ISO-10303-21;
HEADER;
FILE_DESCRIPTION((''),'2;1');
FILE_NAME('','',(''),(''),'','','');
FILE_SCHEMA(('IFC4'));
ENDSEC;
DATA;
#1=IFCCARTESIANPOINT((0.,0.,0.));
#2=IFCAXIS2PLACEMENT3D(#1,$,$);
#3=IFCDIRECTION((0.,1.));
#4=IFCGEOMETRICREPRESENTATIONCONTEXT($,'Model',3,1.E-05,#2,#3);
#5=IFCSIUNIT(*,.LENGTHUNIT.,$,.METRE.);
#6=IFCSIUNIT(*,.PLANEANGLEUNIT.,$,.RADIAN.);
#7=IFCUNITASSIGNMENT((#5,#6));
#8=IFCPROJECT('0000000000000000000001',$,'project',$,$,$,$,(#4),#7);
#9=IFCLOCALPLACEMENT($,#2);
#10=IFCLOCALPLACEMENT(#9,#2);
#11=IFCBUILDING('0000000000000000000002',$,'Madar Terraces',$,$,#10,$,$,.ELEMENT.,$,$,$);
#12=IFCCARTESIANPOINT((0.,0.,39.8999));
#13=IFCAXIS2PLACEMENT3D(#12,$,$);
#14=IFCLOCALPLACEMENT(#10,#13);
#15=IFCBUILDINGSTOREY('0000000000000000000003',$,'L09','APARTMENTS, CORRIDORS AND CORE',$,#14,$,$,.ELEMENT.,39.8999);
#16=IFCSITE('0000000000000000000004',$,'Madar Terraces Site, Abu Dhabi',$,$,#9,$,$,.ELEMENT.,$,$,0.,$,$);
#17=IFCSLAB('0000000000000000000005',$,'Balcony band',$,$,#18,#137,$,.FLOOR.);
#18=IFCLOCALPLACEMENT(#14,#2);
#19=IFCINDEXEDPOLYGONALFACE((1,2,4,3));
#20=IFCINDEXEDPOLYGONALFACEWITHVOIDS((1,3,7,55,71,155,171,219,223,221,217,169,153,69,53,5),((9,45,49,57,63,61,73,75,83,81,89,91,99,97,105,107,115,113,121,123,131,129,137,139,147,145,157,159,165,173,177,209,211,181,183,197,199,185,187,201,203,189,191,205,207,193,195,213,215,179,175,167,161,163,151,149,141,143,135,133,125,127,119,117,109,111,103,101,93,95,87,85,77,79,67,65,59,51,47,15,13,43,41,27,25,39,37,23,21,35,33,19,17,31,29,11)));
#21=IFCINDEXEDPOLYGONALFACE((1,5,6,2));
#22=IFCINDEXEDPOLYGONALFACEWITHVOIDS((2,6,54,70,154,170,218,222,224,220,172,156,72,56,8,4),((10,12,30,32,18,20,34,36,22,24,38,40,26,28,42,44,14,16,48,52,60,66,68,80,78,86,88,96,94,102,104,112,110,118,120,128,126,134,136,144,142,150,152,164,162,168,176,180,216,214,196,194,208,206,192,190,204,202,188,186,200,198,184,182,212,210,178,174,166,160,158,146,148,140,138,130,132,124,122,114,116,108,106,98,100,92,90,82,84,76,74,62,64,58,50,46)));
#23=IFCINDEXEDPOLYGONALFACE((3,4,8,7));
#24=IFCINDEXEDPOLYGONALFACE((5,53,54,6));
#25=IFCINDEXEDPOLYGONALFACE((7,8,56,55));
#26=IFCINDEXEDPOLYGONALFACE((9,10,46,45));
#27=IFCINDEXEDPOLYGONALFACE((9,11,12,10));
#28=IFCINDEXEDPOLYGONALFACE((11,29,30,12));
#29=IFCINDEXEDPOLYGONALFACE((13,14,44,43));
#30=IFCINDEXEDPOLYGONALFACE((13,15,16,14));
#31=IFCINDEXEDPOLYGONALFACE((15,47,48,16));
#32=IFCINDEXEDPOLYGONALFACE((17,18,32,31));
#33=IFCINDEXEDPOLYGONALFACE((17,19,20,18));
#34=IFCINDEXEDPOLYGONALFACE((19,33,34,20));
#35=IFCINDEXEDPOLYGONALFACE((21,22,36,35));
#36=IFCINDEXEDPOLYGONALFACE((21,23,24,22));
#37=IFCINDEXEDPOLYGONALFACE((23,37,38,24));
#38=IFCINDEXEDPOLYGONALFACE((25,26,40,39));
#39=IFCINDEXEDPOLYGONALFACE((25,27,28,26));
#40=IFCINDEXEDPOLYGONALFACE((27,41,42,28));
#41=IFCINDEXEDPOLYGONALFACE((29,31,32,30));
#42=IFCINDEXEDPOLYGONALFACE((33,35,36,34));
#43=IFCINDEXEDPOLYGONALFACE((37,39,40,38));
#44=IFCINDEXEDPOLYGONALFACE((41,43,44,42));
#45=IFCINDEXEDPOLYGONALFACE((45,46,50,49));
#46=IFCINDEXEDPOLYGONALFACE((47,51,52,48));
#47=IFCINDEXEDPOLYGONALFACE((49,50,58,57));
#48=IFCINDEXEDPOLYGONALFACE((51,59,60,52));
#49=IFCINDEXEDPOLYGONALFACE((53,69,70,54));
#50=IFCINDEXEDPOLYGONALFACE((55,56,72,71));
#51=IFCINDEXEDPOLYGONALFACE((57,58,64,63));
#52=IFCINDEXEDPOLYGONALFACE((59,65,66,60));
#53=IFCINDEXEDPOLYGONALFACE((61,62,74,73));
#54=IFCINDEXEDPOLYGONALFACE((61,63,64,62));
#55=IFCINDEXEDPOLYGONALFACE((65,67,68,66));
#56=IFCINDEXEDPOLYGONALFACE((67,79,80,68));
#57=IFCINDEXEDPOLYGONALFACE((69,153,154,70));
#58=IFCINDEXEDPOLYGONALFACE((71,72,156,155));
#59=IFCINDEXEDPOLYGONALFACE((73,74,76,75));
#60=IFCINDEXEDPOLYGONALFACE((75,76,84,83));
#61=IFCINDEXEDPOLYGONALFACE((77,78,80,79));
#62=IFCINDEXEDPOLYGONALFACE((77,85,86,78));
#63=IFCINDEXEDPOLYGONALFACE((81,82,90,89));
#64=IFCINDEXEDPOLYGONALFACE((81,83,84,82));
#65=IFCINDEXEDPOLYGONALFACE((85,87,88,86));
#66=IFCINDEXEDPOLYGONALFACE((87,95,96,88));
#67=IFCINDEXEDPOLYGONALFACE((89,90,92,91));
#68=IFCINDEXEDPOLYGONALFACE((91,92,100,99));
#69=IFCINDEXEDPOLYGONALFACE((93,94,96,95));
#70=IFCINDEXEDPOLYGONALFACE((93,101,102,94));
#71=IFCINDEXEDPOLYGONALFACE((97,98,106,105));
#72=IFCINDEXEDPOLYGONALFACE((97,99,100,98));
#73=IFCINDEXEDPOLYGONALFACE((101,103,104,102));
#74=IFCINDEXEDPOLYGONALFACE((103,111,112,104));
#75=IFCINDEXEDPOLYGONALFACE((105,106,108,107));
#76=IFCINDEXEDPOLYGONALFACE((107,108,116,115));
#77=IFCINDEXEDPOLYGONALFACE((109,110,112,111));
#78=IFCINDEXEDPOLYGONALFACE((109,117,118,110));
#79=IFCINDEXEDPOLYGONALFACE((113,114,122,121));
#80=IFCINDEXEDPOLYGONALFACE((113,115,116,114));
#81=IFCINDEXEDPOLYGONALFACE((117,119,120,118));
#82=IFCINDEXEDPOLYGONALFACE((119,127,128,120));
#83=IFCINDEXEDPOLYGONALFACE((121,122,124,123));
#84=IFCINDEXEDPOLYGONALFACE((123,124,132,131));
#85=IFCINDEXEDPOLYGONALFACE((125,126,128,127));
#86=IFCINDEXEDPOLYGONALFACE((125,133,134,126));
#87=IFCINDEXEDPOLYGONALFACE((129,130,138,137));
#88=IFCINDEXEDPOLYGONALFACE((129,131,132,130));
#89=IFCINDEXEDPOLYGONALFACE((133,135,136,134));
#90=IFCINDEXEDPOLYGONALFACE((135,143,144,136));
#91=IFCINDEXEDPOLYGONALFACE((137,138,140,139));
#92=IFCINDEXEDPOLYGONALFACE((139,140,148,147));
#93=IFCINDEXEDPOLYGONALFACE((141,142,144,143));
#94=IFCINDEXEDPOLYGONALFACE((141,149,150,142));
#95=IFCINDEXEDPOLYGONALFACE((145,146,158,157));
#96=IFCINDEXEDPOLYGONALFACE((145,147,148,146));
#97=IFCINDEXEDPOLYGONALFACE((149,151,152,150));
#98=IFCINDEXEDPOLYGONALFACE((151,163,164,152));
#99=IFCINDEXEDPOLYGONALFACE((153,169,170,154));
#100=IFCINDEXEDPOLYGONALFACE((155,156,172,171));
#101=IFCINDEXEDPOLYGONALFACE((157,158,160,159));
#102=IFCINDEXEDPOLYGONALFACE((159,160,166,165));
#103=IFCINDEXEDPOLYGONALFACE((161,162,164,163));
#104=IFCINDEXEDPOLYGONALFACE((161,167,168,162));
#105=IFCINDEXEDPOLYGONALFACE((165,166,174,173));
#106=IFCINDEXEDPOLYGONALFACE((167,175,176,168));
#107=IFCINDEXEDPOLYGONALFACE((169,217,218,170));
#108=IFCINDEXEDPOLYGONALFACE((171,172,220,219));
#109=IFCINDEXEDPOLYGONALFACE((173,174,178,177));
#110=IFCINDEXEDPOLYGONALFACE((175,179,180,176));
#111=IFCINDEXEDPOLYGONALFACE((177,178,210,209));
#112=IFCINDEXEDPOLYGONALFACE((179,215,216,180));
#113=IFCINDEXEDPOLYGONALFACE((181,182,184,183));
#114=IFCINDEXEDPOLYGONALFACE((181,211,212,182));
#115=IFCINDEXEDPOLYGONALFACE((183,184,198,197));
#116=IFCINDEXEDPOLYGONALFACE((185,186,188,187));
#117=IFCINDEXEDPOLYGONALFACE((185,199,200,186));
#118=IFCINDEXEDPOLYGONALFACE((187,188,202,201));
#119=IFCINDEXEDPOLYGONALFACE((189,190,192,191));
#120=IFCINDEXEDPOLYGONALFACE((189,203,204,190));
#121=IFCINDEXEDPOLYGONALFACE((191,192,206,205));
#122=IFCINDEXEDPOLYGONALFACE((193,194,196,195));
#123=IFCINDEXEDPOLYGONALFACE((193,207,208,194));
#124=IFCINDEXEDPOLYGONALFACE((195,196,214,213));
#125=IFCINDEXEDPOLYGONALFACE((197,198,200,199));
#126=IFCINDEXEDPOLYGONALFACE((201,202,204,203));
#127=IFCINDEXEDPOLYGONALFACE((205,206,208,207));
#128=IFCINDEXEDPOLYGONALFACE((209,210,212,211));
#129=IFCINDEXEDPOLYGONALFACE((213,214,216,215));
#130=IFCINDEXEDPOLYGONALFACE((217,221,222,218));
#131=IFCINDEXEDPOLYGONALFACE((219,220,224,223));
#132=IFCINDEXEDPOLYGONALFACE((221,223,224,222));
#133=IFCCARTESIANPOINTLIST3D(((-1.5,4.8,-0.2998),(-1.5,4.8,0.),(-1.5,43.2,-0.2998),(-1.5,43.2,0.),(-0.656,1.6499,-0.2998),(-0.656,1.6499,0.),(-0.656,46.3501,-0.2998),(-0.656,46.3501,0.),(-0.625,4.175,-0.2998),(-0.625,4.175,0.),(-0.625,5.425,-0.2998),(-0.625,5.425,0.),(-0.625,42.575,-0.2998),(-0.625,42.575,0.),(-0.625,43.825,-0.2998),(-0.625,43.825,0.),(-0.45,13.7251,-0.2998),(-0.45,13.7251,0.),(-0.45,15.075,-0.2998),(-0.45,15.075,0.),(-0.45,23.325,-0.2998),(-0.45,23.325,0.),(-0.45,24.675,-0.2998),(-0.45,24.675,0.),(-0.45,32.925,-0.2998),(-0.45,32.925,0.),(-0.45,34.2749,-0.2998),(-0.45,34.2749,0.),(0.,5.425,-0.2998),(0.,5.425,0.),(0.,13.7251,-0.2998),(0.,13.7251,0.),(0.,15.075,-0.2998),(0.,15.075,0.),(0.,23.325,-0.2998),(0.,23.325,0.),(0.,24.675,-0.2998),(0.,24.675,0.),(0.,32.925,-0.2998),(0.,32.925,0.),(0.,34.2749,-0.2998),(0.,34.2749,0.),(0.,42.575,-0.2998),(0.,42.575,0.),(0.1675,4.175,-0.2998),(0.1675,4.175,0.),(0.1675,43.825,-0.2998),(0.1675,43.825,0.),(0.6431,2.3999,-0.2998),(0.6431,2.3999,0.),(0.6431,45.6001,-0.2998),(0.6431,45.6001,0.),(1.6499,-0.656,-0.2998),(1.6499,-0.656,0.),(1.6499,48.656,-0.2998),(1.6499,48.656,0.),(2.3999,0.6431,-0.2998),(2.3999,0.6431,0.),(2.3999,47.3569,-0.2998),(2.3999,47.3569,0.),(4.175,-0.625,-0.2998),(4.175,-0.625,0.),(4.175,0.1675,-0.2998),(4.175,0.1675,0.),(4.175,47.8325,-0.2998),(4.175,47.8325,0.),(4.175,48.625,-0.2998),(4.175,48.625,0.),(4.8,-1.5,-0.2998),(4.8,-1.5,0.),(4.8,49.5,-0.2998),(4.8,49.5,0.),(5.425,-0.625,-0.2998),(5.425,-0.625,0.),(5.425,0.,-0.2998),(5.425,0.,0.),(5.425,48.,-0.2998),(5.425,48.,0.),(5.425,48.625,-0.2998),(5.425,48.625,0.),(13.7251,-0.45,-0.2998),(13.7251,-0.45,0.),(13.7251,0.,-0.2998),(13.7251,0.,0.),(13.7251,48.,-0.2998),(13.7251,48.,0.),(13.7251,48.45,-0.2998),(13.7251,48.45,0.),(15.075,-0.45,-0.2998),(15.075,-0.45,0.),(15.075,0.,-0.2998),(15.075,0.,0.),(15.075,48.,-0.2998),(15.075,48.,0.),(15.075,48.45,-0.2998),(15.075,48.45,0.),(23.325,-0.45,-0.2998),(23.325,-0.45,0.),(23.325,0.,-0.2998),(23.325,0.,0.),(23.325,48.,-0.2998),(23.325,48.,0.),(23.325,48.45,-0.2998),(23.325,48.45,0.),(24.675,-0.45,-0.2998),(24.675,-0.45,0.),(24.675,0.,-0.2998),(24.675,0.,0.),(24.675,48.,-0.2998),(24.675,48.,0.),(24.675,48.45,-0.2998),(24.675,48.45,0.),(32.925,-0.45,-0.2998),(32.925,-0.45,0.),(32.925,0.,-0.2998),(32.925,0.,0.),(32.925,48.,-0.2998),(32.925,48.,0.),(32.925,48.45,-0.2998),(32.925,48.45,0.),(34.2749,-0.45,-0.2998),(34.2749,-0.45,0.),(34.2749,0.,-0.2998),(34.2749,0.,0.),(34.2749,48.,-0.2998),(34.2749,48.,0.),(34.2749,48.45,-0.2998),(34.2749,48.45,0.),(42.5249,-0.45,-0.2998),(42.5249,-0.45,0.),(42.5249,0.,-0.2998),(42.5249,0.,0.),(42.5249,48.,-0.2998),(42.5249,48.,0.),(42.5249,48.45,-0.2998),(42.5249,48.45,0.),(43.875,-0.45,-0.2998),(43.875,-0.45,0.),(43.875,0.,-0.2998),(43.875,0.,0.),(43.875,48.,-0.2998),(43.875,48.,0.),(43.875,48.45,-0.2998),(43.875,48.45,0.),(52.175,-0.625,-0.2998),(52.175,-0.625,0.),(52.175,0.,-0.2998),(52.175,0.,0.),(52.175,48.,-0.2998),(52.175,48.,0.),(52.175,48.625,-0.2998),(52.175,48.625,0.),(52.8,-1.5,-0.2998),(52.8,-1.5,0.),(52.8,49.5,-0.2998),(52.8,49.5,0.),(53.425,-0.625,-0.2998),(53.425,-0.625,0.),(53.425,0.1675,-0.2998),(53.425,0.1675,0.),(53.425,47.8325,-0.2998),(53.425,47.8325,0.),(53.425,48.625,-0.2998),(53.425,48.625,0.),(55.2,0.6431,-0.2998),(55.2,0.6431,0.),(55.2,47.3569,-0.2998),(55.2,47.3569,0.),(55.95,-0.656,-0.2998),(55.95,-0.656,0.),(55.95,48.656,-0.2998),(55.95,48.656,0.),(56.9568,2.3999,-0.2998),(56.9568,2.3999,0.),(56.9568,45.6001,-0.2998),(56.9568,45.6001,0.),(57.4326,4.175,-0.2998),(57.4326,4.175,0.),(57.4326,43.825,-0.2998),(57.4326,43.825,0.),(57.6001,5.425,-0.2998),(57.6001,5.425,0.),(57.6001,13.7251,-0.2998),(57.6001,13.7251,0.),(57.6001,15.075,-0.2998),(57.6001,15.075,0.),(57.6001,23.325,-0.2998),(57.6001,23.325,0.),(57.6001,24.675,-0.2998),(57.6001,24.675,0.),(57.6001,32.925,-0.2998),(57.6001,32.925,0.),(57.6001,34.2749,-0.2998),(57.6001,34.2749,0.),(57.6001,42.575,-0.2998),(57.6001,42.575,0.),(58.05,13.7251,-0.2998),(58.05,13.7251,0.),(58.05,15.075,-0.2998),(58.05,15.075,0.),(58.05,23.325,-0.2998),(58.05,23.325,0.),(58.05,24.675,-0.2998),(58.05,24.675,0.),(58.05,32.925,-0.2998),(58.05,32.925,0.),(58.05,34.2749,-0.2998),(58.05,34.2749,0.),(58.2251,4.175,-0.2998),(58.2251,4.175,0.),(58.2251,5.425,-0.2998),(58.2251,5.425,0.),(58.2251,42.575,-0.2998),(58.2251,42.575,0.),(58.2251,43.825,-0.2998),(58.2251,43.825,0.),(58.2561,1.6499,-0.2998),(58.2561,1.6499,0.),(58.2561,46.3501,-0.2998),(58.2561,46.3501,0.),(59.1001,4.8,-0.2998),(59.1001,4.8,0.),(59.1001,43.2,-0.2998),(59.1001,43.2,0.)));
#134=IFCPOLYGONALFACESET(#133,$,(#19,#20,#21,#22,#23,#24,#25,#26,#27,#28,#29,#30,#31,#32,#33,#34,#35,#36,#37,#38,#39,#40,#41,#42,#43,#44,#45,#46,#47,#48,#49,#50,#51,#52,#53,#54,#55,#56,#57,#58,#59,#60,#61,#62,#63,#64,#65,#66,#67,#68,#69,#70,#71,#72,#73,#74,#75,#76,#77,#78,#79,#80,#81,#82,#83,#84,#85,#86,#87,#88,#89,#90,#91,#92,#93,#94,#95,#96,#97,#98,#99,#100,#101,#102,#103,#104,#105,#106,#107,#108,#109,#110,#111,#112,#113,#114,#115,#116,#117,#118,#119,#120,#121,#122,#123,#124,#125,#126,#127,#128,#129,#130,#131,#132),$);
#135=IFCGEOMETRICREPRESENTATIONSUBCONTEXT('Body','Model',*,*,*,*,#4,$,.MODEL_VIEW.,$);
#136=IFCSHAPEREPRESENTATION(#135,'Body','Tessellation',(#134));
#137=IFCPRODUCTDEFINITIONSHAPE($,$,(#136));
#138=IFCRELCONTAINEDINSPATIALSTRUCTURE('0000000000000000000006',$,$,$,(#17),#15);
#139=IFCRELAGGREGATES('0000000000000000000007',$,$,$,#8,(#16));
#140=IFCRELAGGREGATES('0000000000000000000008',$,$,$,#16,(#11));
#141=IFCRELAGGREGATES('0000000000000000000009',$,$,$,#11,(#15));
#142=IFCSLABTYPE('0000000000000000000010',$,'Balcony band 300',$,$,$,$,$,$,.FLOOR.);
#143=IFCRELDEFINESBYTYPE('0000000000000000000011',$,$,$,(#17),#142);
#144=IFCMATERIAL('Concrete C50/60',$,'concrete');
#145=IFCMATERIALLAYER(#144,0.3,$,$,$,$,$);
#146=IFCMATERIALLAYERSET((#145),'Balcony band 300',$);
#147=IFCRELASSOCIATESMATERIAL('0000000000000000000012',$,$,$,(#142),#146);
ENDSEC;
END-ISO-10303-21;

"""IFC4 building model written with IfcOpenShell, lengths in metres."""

from ifc_helpers import new_model, si_unit, direction, frame, origin, place, context, subcontext, project, spatial, polyline, outline, extrude, material, layer, layer_set, type_object, element, save


model = new_model("IFC4")

# Units and contexts
model_context = context("Model", 3, precision=1e-05, world=origin(), true_north=direction((0.0, 1.0)))
body_context = subcontext(model_context, "Body", "Model", "MODEL_VIEW")
ifc_project = project(units=[si_unit("LENGTHUNIT", "METRE"), si_unit("PLANEANGLEUNIT", "RADIAN")], contexts=[model_context])

# Site, building, storey
site_placement = place(None, origin())
site = spatial("IfcSite", under=ifc_project, at=site_placement, Name="Madar Terraces Site, Abu Dhabi", CompositionType="ELEMENT", RefElevation=0.0)
building_placement = place(site_placement, origin())
building = spatial("IfcBuilding", under=site, at=building_placement, Name="Madar Terraces", CompositionType="ELEMENT")
storey_placement = place(building_placement, frame((0.0, 0.0, 39.8999)))
storey = spatial("IfcBuildingStorey", under=building, at=storey_placement, Name="L09", Description="APARTMENTS, CORRIDORS AND CORE", CompositionType="ELEMENT", Elevation=39.8999)

# Slab
ifc_material_1 = material(Name="Concrete C50/60", Category="concrete")
ifc_layer_1 = layer(ifc_material_1, 0.3)
ifc_layer_set_1 = layer_set([ifc_layer_1], Name="Balcony band 300")
slab_type_1 = type_object("IfcSlabType", Name="Balcony band 300", PredefinedType="FLOOR", material=ifc_layer_set_1)
slab_1_placement = place(storey_placement, frame((0.0, 0.0, -0.2998)))
element("IfcSlab", 1, at=slab_1_placement, inside=storey, type_object=slab_type_1, Name="Balcony band", PredefinedType="FLOOR", context=body_context, shape_type="SweptSolid", body=[
    extrude(outline(polyline([(4.8, -1.5), (1.6499, -0.656), (-0.656, 1.6499), (-1.5, 4.8), (-1.5, 43.2), (-0.656, 46.3501), (1.6499, 48.656), (4.8, 49.5), (52.8, 49.5), (55.95, 48.656), (58.2561, 46.3501), (59.1001, 43.2), (59.1001, 4.8), (58.2561, 1.6499), (55.95, -0.656), (52.8, -1.5), (4.8, -1.5)]), holes=[polyline([(5.425, -0.625), (5.425, 0.0), (13.7251, 0.0), (13.7251, -0.45), (15.075, -0.45), (15.075, 0.0), (23.325, 0.0), (23.325, -0.45), (24.675, -0.45), (24.675, 0.0), (32.925, 0.0), (32.925, -0.45), (34.2749, -0.45), (34.2749, 0.0), (42.5249, 0.0), (42.5249, -0.45), (43.875, -0.45), (43.875, 0.0), (52.175, 0.0), (52.175, -0.625), (53.425, -0.625), (53.425, 0.1675), (55.2, 0.6431), (56.9568, 2.3999), (57.4326, 4.175), (58.2251, 4.175), (58.2251, 5.425), (57.6001, 5.425), (57.6001, 13.7251), (58.05, 13.7251), (58.05, 15.075), (57.6001, 15.075), (57.6001, 23.325), (58.05, 23.325), (58.05, 24.675), (57.6001, 24.675), (57.6001, 32.925), (58.05, 32.925), (58.05, 34.2749), (57.6001, 34.2749), (57.6001, 42.575), (58.2251, 42.575), (58.2251, 43.825), (57.4326, 43.825), (56.9568, 45.6001), (55.2, 47.3569), (53.425, 47.8325), (53.425, 48.625), (52.175, 48.625), (52.175, 48.0), (43.875, 48.0), (43.875, 48.45), (42.5249, 48.45), (42.5249, 48.0), (34.2749, 48.0), (34.2749, 48.45), (32.925, 48.45), (32.925, 48.0), (24.675, 48.0), (24.675, 48.45), (23.325, 48.45), (23.325, 48.0), (15.075, 48.0), (15.075, 48.45), (13.7251, 48.45), (13.7251, 48.0), (5.425, 48.0), (5.425, 48.625), (4.175, 48.625), (4.175, 47.8325), (2.3999, 47.3569), (0.6431, 45.6001), (0.1675, 43.825), (-0.625, 43.825), (-0.625, 42.575), (0.0, 42.575), (0.0, 34.2749), (-0.45, 34.2749), (-0.45, 32.925), (0.0, 32.925), (0.0, 24.675), (-0.45, 24.675), (-0.45, 23.325), (0.0, 23.325), (0.0, 15.075), (-0.45, 15.075), (-0.45, 13.7251), (0.0, 13.7251), (0.0, 5.425), (-0.625, 5.425), (-0.625, 4.175), (0.1675, 4.175), (0.6431, 2.3999), (2.3999, 0.6431), (4.175, 0.1675), (4.175, -0.625), (5.425, -0.625)])]), origin(), (0.0, 0.0, 1.0), 0.2998),
])

save(model, "model.ifc")
